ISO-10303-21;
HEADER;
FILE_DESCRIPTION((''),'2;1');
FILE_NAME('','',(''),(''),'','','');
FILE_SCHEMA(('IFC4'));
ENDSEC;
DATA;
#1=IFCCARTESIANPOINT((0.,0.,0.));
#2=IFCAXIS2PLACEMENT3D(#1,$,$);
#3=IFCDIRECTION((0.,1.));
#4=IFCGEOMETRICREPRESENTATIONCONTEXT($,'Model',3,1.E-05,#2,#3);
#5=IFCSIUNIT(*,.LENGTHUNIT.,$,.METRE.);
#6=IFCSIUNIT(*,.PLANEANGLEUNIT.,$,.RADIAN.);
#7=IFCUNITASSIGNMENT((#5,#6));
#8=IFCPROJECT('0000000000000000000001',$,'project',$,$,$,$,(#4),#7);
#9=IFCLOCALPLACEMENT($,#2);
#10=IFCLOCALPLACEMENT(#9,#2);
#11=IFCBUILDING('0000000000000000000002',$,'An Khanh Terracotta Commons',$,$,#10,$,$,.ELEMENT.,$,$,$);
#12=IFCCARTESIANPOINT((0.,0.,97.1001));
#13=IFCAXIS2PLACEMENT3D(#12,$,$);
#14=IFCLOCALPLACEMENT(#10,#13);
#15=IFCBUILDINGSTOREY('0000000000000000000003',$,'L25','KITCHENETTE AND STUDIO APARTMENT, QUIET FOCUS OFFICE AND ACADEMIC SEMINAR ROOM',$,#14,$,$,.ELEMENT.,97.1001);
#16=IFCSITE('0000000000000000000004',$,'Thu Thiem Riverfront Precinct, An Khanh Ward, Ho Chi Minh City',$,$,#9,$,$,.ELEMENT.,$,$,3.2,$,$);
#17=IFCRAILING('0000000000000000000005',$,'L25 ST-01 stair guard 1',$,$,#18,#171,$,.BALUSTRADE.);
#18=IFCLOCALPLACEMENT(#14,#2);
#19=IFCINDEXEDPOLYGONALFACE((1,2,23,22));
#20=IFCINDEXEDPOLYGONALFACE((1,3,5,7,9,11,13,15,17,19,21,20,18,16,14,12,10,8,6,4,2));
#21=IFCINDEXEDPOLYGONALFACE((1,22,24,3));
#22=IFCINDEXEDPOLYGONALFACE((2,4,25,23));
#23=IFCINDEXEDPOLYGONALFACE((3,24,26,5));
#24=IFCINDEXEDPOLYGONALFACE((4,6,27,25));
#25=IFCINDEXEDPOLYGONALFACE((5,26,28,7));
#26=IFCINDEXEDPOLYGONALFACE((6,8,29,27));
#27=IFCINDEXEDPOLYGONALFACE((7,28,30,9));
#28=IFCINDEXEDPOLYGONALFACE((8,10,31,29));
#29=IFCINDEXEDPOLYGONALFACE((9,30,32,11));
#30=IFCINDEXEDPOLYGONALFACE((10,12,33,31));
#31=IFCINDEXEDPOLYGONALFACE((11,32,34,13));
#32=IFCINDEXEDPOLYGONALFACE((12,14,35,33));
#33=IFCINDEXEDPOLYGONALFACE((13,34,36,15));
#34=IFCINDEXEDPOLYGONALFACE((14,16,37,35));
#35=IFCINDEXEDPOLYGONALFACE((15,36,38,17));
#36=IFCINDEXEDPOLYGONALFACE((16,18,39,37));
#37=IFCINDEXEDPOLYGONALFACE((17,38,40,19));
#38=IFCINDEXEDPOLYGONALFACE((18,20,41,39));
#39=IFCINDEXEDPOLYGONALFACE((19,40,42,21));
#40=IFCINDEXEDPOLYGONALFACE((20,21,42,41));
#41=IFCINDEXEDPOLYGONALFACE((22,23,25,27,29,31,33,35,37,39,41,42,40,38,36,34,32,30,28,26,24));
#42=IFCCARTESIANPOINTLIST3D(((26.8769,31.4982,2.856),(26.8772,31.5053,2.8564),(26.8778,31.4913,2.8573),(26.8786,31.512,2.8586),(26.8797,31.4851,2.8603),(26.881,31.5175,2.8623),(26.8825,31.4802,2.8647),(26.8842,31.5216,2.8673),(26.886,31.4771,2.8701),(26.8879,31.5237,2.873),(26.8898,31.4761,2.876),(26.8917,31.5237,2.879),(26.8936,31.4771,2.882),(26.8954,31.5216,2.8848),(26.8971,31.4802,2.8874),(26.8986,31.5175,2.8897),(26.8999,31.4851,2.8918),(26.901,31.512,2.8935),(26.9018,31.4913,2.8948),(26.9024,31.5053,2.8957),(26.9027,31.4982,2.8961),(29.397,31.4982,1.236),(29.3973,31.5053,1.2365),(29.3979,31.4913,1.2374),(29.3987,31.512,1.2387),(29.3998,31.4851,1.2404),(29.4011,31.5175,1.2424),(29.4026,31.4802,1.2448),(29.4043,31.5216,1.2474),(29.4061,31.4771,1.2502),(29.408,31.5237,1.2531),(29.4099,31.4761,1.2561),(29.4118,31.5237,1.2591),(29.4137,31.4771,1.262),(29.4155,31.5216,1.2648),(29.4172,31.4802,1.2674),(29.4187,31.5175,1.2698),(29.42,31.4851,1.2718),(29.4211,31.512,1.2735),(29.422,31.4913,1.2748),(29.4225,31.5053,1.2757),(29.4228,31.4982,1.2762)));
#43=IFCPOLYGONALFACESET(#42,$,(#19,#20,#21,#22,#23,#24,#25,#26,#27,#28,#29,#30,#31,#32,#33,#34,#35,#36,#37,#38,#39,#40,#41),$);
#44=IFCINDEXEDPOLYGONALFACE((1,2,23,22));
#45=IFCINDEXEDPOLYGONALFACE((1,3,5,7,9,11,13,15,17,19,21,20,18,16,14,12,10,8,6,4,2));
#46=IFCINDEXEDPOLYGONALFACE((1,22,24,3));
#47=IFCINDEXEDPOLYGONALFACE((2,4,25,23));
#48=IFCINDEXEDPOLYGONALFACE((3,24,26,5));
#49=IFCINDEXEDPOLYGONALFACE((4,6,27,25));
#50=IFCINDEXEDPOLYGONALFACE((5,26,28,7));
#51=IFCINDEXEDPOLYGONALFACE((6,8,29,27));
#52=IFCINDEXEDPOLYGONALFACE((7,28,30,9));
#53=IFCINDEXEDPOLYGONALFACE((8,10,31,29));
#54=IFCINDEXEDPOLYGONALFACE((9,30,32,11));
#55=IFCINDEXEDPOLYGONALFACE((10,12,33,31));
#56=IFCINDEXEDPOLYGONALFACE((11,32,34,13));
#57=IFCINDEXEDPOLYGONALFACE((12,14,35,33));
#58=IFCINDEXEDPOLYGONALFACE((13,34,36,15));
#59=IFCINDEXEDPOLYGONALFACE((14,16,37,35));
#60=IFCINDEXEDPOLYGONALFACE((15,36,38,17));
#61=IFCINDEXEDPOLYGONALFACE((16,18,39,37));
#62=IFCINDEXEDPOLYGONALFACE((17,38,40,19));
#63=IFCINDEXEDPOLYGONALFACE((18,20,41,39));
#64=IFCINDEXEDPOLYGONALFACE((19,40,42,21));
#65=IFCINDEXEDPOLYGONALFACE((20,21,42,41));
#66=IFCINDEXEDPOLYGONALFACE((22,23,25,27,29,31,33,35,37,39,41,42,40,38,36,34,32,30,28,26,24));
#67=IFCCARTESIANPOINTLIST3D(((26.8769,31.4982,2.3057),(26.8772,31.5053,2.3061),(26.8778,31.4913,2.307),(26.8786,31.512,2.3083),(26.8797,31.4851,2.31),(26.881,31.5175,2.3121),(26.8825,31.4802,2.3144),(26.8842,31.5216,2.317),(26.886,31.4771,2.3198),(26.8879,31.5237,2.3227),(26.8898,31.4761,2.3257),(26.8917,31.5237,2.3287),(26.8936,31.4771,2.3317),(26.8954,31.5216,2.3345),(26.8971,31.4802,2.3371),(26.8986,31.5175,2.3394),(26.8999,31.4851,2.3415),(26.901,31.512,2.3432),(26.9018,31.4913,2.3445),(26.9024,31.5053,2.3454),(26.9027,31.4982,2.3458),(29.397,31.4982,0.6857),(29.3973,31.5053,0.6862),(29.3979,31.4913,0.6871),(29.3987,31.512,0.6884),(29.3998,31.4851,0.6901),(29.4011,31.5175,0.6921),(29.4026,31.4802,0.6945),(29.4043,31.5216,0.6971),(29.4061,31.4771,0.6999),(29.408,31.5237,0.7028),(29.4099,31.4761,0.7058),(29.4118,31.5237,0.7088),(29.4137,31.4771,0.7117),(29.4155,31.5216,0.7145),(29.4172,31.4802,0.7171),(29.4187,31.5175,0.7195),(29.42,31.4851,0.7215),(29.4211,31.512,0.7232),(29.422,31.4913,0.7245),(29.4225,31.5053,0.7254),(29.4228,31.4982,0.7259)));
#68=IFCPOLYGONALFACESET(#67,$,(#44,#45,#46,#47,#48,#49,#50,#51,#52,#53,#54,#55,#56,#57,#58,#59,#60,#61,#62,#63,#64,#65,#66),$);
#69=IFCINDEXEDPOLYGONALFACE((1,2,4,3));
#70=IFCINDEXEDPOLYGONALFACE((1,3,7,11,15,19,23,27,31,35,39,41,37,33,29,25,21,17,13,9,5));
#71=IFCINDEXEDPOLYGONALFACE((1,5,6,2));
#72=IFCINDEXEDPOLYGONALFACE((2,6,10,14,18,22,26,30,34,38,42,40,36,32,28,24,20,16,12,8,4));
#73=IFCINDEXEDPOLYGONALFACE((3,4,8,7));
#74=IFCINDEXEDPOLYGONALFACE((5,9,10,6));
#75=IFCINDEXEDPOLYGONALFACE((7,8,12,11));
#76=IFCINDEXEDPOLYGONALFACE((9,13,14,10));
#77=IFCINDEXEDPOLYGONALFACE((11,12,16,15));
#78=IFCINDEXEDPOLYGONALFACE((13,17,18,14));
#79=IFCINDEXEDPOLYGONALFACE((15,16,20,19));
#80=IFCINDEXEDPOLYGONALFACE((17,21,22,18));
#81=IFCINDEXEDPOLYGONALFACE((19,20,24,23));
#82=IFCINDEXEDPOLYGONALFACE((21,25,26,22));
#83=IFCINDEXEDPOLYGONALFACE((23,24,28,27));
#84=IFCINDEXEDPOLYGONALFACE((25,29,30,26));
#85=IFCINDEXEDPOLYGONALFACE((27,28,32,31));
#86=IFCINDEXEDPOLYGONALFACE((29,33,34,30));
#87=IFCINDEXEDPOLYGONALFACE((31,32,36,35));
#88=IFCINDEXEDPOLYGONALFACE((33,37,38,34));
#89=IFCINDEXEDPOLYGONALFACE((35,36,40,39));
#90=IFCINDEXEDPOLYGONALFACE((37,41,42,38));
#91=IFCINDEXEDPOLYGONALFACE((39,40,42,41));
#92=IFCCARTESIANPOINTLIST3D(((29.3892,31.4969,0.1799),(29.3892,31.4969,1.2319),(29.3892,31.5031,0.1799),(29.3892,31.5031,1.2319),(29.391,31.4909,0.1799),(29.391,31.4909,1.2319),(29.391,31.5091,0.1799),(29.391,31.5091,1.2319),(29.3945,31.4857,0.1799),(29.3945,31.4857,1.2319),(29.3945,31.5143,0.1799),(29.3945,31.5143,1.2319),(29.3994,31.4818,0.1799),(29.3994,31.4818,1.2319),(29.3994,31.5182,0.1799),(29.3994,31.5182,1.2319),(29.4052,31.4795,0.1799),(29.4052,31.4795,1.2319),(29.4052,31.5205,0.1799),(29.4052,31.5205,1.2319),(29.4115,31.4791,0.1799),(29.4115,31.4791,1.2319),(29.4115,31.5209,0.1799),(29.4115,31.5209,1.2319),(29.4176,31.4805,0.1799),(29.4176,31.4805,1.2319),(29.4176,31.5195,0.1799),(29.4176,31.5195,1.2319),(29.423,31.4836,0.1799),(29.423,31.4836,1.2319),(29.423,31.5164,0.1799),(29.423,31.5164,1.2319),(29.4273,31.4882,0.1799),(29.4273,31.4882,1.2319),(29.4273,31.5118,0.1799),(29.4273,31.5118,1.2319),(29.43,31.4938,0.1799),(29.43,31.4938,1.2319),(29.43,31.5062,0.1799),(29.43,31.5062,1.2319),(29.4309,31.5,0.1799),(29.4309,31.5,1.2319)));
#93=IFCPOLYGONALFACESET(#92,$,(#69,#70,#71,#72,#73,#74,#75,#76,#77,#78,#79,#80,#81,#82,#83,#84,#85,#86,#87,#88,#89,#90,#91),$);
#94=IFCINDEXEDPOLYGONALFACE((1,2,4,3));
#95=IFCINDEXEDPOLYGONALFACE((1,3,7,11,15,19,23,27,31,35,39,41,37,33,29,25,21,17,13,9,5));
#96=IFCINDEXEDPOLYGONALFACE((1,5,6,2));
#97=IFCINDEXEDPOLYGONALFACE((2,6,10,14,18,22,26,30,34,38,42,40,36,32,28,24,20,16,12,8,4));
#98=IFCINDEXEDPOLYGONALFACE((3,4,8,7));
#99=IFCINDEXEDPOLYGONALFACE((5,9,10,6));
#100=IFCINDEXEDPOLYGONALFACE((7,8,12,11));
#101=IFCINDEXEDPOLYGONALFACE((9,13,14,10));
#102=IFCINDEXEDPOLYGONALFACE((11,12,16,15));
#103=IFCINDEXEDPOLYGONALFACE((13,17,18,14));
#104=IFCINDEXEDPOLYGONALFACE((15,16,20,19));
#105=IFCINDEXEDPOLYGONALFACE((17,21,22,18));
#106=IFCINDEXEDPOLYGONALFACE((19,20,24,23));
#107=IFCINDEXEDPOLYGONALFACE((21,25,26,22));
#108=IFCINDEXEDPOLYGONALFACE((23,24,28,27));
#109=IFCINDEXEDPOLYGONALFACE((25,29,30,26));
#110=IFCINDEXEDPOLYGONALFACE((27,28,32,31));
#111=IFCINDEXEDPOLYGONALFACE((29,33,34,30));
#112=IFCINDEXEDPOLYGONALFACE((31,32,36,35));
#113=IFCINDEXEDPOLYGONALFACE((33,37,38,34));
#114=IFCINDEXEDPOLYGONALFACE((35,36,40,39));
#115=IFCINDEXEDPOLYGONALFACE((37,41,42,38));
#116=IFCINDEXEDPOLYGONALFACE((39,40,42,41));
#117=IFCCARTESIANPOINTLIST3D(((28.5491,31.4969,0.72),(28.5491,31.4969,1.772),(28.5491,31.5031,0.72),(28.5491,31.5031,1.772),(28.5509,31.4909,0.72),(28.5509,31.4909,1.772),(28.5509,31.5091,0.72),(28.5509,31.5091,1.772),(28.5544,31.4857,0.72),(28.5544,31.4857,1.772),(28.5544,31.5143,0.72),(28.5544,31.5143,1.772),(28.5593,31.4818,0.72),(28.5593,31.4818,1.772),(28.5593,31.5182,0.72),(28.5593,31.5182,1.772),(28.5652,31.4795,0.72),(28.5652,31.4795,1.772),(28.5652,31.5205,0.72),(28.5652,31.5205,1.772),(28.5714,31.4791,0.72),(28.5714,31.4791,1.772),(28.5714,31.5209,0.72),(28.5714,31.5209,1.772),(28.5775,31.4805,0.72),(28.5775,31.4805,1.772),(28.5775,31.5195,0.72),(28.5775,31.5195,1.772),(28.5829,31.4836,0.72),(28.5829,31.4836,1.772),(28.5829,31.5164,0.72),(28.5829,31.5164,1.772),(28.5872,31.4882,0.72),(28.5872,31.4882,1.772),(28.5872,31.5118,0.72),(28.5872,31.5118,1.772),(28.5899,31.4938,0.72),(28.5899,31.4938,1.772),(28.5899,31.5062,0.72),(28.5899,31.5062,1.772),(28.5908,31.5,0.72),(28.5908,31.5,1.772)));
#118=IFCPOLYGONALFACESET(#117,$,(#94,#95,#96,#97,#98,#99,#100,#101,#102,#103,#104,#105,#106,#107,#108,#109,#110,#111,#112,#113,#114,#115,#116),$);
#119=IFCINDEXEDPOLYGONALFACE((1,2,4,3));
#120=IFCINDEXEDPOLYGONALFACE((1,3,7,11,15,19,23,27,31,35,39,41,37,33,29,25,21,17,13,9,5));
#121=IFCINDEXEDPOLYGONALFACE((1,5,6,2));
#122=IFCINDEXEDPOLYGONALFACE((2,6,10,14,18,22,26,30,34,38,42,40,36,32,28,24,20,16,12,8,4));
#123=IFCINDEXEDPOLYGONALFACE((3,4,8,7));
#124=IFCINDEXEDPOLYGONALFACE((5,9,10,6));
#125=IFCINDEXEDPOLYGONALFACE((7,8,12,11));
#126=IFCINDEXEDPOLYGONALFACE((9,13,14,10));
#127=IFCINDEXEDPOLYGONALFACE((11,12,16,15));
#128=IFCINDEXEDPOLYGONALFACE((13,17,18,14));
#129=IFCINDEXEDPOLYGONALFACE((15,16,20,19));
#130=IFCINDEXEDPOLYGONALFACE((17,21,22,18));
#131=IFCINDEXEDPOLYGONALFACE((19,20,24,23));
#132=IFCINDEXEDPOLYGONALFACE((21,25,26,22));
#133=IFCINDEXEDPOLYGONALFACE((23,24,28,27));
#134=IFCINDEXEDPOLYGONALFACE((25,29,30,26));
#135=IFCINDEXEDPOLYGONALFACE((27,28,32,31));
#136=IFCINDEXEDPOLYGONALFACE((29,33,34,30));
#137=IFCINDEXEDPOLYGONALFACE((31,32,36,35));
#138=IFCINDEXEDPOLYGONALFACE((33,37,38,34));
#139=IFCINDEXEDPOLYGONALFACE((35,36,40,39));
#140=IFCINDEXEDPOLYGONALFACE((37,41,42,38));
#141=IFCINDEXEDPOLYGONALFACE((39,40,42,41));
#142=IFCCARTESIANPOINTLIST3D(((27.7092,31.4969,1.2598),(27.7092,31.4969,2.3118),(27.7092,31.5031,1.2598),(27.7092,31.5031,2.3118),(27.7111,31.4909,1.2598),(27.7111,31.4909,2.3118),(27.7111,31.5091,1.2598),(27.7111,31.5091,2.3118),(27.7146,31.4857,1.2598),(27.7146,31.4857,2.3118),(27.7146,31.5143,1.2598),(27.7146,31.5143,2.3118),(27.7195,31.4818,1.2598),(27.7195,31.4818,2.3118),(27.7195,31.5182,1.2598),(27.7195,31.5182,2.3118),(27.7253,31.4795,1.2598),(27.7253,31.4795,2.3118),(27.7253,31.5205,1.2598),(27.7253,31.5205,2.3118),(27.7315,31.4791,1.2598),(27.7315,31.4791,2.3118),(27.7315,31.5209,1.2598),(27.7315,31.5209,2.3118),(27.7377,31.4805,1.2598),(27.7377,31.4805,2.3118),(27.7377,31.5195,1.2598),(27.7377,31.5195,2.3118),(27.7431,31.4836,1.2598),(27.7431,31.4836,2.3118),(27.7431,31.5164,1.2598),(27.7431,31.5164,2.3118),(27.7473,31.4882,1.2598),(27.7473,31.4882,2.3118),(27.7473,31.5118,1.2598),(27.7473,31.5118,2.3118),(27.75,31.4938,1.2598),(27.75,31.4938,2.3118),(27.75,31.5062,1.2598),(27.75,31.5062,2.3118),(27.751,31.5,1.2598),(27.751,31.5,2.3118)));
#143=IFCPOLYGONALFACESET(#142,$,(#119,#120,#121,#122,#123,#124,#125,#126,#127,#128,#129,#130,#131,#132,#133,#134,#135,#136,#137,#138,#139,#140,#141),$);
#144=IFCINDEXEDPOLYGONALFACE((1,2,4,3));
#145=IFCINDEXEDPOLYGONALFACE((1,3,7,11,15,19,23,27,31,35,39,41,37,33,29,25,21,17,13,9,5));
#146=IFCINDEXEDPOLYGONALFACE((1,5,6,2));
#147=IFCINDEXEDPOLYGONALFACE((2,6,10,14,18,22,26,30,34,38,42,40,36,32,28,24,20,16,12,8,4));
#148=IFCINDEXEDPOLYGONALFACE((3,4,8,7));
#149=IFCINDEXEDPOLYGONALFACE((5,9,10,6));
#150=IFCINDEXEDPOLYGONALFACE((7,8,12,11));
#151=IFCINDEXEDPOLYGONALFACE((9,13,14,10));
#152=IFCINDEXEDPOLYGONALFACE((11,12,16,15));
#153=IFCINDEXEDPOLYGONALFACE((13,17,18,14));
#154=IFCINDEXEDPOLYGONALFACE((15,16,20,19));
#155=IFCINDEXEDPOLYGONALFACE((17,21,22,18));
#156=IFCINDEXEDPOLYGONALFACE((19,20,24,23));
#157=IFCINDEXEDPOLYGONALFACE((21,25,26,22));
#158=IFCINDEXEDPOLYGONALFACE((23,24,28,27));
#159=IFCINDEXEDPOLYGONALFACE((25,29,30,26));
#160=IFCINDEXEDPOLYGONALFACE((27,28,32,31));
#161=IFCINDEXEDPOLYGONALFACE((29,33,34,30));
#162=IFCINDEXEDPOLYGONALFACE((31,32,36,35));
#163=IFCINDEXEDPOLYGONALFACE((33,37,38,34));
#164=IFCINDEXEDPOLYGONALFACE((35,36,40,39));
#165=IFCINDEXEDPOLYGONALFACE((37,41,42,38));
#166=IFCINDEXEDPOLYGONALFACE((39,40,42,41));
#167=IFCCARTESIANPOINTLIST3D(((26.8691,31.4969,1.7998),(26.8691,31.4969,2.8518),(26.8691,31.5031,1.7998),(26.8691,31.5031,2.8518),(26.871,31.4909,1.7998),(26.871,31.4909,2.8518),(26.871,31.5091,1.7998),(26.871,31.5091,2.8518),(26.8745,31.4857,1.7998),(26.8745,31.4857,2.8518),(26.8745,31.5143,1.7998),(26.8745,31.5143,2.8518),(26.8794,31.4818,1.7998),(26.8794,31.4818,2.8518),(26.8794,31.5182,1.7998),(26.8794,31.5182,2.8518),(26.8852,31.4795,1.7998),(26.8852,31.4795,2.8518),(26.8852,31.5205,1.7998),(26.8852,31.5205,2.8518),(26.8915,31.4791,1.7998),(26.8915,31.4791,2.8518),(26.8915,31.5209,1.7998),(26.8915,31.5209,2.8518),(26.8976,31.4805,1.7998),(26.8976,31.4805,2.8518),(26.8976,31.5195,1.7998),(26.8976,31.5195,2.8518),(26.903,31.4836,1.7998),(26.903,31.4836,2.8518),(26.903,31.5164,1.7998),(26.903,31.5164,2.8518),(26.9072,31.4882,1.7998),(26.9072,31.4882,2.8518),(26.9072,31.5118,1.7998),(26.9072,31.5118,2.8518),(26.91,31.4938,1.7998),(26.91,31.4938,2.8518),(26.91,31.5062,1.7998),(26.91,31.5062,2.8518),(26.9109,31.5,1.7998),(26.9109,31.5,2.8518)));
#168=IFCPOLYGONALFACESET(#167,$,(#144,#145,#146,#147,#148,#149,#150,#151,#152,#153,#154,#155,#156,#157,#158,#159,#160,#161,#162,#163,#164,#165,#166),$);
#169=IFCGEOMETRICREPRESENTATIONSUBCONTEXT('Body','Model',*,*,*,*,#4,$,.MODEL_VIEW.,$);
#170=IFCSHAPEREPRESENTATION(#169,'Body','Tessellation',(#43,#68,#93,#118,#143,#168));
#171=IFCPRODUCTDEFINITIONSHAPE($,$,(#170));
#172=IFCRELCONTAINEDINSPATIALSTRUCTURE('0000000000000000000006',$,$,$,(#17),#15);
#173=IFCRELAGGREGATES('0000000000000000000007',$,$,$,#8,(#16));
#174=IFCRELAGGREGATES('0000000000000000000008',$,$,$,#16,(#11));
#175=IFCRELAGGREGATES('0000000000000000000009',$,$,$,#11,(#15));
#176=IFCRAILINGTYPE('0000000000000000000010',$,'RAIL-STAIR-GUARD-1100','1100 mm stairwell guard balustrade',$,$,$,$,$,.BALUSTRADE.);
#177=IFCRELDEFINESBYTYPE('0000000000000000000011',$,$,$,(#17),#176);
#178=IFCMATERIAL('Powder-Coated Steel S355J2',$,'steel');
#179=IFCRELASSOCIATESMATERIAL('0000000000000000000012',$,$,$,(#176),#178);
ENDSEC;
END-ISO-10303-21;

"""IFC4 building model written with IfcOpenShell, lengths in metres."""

from ifc_helpers import new_model, si_unit, direction, frame, origin, origin_2d, place, context, subcontext, project, spatial, circle, extrude, material, type_object, element, save


model = new_model("IFC4")

# Units and contexts
model_context = context("Model", 3, precision=1e-05, world=origin(), true_north=direction((0.0, 1.0)))
body_context = subcontext(model_context, "Body", "Model", "MODEL_VIEW")
ifc_project = project(units=[si_unit("LENGTHUNIT", "METRE"), si_unit("PLANEANGLEUNIT", "RADIAN")], contexts=[model_context])

# Site, building, storey
site_placement = place(None, origin())
site = spatial("IfcSite", under=ifc_project, at=site_placement, Name="Thu Thiem Riverfront Precinct, An Khanh Ward, Ho Chi Minh City", CompositionType="ELEMENT", RefElevation=3.2)
building_placement = place(site_placement, origin())
building = spatial("IfcBuilding", under=site, at=building_placement, Name="An Khanh Terracotta Commons", CompositionType="ELEMENT")
storey_placement = place(building_placement, frame((0.0, 0.0, 97.1001)))
storey = spatial("IfcBuildingStorey", under=building, at=storey_placement, Name="L25", Description="KITCHENETTE AND STUDIO APARTMENT, QUIET FOCUS OFFICE AND ACADEMIC SEMINAR ROOM", CompositionType="ELEMENT", Elevation=97.1001)

# Railing
ifc_material_1 = material(Name="Powder-Coated Steel S355J2", Category="steel")
railing_type_1 = type_object("IfcRailingType", Name="RAIL-STAIR-GUARD-1100", Description="1100 mm stairwell guard balustrade", PredefinedType="BALUSTRADE", material=ifc_material_1)
railing_1_placement = place(storey_placement, frame((29.4099, 31.5, 0.1799)))
element("IfcRailing", 1, at=railing_1_placement, inside=storey, type_object=railing_type_1, Name="L25 ST-01 stair guard 1", PredefinedType="BALUSTRADE", context=body_context, shape_type="SweptSolid", body=[
    extrude(circle(Radius=0.0239, at=origin_2d()), frame((0.0, 0.0, 1.0762), z_axis=(-0.8412, 0.0, 0.540725), x_axis=(0.0, -1.0, 0.0)), (0.0, 0.0, 1.0), 2.9958),
    extrude(circle(Radius=0.0239, at=origin_2d()), frame((0.0, 0.0, 0.5259), z_axis=(-0.8412, 0.0, 0.540725), x_axis=(0.0, -1.0, 0.0)), (0.0, 0.0, 1.0), 2.9958),
    extrude(circle(Radius=0.021, at=origin_2d()), origin(), (0.0, 0.0, 1.0), 1.052),
    extrude(circle(Radius=0.021, at=origin_2d()), frame((-0.8401, 0.0, 0.54)), (0.0, 0.0, 1.0), 1.052),
    extrude(circle(Radius=0.021, at=origin_2d()), frame((-1.6799, 0.0, 1.0798)), (0.0, 0.0, 1.0), 1.052),
    extrude(circle(Radius=0.021, at=origin_2d()), frame((-2.52, 0.0, 1.6199)), (0.0, 0.0, 1.0), 1.052),
])

save(model, "model.ifc")
